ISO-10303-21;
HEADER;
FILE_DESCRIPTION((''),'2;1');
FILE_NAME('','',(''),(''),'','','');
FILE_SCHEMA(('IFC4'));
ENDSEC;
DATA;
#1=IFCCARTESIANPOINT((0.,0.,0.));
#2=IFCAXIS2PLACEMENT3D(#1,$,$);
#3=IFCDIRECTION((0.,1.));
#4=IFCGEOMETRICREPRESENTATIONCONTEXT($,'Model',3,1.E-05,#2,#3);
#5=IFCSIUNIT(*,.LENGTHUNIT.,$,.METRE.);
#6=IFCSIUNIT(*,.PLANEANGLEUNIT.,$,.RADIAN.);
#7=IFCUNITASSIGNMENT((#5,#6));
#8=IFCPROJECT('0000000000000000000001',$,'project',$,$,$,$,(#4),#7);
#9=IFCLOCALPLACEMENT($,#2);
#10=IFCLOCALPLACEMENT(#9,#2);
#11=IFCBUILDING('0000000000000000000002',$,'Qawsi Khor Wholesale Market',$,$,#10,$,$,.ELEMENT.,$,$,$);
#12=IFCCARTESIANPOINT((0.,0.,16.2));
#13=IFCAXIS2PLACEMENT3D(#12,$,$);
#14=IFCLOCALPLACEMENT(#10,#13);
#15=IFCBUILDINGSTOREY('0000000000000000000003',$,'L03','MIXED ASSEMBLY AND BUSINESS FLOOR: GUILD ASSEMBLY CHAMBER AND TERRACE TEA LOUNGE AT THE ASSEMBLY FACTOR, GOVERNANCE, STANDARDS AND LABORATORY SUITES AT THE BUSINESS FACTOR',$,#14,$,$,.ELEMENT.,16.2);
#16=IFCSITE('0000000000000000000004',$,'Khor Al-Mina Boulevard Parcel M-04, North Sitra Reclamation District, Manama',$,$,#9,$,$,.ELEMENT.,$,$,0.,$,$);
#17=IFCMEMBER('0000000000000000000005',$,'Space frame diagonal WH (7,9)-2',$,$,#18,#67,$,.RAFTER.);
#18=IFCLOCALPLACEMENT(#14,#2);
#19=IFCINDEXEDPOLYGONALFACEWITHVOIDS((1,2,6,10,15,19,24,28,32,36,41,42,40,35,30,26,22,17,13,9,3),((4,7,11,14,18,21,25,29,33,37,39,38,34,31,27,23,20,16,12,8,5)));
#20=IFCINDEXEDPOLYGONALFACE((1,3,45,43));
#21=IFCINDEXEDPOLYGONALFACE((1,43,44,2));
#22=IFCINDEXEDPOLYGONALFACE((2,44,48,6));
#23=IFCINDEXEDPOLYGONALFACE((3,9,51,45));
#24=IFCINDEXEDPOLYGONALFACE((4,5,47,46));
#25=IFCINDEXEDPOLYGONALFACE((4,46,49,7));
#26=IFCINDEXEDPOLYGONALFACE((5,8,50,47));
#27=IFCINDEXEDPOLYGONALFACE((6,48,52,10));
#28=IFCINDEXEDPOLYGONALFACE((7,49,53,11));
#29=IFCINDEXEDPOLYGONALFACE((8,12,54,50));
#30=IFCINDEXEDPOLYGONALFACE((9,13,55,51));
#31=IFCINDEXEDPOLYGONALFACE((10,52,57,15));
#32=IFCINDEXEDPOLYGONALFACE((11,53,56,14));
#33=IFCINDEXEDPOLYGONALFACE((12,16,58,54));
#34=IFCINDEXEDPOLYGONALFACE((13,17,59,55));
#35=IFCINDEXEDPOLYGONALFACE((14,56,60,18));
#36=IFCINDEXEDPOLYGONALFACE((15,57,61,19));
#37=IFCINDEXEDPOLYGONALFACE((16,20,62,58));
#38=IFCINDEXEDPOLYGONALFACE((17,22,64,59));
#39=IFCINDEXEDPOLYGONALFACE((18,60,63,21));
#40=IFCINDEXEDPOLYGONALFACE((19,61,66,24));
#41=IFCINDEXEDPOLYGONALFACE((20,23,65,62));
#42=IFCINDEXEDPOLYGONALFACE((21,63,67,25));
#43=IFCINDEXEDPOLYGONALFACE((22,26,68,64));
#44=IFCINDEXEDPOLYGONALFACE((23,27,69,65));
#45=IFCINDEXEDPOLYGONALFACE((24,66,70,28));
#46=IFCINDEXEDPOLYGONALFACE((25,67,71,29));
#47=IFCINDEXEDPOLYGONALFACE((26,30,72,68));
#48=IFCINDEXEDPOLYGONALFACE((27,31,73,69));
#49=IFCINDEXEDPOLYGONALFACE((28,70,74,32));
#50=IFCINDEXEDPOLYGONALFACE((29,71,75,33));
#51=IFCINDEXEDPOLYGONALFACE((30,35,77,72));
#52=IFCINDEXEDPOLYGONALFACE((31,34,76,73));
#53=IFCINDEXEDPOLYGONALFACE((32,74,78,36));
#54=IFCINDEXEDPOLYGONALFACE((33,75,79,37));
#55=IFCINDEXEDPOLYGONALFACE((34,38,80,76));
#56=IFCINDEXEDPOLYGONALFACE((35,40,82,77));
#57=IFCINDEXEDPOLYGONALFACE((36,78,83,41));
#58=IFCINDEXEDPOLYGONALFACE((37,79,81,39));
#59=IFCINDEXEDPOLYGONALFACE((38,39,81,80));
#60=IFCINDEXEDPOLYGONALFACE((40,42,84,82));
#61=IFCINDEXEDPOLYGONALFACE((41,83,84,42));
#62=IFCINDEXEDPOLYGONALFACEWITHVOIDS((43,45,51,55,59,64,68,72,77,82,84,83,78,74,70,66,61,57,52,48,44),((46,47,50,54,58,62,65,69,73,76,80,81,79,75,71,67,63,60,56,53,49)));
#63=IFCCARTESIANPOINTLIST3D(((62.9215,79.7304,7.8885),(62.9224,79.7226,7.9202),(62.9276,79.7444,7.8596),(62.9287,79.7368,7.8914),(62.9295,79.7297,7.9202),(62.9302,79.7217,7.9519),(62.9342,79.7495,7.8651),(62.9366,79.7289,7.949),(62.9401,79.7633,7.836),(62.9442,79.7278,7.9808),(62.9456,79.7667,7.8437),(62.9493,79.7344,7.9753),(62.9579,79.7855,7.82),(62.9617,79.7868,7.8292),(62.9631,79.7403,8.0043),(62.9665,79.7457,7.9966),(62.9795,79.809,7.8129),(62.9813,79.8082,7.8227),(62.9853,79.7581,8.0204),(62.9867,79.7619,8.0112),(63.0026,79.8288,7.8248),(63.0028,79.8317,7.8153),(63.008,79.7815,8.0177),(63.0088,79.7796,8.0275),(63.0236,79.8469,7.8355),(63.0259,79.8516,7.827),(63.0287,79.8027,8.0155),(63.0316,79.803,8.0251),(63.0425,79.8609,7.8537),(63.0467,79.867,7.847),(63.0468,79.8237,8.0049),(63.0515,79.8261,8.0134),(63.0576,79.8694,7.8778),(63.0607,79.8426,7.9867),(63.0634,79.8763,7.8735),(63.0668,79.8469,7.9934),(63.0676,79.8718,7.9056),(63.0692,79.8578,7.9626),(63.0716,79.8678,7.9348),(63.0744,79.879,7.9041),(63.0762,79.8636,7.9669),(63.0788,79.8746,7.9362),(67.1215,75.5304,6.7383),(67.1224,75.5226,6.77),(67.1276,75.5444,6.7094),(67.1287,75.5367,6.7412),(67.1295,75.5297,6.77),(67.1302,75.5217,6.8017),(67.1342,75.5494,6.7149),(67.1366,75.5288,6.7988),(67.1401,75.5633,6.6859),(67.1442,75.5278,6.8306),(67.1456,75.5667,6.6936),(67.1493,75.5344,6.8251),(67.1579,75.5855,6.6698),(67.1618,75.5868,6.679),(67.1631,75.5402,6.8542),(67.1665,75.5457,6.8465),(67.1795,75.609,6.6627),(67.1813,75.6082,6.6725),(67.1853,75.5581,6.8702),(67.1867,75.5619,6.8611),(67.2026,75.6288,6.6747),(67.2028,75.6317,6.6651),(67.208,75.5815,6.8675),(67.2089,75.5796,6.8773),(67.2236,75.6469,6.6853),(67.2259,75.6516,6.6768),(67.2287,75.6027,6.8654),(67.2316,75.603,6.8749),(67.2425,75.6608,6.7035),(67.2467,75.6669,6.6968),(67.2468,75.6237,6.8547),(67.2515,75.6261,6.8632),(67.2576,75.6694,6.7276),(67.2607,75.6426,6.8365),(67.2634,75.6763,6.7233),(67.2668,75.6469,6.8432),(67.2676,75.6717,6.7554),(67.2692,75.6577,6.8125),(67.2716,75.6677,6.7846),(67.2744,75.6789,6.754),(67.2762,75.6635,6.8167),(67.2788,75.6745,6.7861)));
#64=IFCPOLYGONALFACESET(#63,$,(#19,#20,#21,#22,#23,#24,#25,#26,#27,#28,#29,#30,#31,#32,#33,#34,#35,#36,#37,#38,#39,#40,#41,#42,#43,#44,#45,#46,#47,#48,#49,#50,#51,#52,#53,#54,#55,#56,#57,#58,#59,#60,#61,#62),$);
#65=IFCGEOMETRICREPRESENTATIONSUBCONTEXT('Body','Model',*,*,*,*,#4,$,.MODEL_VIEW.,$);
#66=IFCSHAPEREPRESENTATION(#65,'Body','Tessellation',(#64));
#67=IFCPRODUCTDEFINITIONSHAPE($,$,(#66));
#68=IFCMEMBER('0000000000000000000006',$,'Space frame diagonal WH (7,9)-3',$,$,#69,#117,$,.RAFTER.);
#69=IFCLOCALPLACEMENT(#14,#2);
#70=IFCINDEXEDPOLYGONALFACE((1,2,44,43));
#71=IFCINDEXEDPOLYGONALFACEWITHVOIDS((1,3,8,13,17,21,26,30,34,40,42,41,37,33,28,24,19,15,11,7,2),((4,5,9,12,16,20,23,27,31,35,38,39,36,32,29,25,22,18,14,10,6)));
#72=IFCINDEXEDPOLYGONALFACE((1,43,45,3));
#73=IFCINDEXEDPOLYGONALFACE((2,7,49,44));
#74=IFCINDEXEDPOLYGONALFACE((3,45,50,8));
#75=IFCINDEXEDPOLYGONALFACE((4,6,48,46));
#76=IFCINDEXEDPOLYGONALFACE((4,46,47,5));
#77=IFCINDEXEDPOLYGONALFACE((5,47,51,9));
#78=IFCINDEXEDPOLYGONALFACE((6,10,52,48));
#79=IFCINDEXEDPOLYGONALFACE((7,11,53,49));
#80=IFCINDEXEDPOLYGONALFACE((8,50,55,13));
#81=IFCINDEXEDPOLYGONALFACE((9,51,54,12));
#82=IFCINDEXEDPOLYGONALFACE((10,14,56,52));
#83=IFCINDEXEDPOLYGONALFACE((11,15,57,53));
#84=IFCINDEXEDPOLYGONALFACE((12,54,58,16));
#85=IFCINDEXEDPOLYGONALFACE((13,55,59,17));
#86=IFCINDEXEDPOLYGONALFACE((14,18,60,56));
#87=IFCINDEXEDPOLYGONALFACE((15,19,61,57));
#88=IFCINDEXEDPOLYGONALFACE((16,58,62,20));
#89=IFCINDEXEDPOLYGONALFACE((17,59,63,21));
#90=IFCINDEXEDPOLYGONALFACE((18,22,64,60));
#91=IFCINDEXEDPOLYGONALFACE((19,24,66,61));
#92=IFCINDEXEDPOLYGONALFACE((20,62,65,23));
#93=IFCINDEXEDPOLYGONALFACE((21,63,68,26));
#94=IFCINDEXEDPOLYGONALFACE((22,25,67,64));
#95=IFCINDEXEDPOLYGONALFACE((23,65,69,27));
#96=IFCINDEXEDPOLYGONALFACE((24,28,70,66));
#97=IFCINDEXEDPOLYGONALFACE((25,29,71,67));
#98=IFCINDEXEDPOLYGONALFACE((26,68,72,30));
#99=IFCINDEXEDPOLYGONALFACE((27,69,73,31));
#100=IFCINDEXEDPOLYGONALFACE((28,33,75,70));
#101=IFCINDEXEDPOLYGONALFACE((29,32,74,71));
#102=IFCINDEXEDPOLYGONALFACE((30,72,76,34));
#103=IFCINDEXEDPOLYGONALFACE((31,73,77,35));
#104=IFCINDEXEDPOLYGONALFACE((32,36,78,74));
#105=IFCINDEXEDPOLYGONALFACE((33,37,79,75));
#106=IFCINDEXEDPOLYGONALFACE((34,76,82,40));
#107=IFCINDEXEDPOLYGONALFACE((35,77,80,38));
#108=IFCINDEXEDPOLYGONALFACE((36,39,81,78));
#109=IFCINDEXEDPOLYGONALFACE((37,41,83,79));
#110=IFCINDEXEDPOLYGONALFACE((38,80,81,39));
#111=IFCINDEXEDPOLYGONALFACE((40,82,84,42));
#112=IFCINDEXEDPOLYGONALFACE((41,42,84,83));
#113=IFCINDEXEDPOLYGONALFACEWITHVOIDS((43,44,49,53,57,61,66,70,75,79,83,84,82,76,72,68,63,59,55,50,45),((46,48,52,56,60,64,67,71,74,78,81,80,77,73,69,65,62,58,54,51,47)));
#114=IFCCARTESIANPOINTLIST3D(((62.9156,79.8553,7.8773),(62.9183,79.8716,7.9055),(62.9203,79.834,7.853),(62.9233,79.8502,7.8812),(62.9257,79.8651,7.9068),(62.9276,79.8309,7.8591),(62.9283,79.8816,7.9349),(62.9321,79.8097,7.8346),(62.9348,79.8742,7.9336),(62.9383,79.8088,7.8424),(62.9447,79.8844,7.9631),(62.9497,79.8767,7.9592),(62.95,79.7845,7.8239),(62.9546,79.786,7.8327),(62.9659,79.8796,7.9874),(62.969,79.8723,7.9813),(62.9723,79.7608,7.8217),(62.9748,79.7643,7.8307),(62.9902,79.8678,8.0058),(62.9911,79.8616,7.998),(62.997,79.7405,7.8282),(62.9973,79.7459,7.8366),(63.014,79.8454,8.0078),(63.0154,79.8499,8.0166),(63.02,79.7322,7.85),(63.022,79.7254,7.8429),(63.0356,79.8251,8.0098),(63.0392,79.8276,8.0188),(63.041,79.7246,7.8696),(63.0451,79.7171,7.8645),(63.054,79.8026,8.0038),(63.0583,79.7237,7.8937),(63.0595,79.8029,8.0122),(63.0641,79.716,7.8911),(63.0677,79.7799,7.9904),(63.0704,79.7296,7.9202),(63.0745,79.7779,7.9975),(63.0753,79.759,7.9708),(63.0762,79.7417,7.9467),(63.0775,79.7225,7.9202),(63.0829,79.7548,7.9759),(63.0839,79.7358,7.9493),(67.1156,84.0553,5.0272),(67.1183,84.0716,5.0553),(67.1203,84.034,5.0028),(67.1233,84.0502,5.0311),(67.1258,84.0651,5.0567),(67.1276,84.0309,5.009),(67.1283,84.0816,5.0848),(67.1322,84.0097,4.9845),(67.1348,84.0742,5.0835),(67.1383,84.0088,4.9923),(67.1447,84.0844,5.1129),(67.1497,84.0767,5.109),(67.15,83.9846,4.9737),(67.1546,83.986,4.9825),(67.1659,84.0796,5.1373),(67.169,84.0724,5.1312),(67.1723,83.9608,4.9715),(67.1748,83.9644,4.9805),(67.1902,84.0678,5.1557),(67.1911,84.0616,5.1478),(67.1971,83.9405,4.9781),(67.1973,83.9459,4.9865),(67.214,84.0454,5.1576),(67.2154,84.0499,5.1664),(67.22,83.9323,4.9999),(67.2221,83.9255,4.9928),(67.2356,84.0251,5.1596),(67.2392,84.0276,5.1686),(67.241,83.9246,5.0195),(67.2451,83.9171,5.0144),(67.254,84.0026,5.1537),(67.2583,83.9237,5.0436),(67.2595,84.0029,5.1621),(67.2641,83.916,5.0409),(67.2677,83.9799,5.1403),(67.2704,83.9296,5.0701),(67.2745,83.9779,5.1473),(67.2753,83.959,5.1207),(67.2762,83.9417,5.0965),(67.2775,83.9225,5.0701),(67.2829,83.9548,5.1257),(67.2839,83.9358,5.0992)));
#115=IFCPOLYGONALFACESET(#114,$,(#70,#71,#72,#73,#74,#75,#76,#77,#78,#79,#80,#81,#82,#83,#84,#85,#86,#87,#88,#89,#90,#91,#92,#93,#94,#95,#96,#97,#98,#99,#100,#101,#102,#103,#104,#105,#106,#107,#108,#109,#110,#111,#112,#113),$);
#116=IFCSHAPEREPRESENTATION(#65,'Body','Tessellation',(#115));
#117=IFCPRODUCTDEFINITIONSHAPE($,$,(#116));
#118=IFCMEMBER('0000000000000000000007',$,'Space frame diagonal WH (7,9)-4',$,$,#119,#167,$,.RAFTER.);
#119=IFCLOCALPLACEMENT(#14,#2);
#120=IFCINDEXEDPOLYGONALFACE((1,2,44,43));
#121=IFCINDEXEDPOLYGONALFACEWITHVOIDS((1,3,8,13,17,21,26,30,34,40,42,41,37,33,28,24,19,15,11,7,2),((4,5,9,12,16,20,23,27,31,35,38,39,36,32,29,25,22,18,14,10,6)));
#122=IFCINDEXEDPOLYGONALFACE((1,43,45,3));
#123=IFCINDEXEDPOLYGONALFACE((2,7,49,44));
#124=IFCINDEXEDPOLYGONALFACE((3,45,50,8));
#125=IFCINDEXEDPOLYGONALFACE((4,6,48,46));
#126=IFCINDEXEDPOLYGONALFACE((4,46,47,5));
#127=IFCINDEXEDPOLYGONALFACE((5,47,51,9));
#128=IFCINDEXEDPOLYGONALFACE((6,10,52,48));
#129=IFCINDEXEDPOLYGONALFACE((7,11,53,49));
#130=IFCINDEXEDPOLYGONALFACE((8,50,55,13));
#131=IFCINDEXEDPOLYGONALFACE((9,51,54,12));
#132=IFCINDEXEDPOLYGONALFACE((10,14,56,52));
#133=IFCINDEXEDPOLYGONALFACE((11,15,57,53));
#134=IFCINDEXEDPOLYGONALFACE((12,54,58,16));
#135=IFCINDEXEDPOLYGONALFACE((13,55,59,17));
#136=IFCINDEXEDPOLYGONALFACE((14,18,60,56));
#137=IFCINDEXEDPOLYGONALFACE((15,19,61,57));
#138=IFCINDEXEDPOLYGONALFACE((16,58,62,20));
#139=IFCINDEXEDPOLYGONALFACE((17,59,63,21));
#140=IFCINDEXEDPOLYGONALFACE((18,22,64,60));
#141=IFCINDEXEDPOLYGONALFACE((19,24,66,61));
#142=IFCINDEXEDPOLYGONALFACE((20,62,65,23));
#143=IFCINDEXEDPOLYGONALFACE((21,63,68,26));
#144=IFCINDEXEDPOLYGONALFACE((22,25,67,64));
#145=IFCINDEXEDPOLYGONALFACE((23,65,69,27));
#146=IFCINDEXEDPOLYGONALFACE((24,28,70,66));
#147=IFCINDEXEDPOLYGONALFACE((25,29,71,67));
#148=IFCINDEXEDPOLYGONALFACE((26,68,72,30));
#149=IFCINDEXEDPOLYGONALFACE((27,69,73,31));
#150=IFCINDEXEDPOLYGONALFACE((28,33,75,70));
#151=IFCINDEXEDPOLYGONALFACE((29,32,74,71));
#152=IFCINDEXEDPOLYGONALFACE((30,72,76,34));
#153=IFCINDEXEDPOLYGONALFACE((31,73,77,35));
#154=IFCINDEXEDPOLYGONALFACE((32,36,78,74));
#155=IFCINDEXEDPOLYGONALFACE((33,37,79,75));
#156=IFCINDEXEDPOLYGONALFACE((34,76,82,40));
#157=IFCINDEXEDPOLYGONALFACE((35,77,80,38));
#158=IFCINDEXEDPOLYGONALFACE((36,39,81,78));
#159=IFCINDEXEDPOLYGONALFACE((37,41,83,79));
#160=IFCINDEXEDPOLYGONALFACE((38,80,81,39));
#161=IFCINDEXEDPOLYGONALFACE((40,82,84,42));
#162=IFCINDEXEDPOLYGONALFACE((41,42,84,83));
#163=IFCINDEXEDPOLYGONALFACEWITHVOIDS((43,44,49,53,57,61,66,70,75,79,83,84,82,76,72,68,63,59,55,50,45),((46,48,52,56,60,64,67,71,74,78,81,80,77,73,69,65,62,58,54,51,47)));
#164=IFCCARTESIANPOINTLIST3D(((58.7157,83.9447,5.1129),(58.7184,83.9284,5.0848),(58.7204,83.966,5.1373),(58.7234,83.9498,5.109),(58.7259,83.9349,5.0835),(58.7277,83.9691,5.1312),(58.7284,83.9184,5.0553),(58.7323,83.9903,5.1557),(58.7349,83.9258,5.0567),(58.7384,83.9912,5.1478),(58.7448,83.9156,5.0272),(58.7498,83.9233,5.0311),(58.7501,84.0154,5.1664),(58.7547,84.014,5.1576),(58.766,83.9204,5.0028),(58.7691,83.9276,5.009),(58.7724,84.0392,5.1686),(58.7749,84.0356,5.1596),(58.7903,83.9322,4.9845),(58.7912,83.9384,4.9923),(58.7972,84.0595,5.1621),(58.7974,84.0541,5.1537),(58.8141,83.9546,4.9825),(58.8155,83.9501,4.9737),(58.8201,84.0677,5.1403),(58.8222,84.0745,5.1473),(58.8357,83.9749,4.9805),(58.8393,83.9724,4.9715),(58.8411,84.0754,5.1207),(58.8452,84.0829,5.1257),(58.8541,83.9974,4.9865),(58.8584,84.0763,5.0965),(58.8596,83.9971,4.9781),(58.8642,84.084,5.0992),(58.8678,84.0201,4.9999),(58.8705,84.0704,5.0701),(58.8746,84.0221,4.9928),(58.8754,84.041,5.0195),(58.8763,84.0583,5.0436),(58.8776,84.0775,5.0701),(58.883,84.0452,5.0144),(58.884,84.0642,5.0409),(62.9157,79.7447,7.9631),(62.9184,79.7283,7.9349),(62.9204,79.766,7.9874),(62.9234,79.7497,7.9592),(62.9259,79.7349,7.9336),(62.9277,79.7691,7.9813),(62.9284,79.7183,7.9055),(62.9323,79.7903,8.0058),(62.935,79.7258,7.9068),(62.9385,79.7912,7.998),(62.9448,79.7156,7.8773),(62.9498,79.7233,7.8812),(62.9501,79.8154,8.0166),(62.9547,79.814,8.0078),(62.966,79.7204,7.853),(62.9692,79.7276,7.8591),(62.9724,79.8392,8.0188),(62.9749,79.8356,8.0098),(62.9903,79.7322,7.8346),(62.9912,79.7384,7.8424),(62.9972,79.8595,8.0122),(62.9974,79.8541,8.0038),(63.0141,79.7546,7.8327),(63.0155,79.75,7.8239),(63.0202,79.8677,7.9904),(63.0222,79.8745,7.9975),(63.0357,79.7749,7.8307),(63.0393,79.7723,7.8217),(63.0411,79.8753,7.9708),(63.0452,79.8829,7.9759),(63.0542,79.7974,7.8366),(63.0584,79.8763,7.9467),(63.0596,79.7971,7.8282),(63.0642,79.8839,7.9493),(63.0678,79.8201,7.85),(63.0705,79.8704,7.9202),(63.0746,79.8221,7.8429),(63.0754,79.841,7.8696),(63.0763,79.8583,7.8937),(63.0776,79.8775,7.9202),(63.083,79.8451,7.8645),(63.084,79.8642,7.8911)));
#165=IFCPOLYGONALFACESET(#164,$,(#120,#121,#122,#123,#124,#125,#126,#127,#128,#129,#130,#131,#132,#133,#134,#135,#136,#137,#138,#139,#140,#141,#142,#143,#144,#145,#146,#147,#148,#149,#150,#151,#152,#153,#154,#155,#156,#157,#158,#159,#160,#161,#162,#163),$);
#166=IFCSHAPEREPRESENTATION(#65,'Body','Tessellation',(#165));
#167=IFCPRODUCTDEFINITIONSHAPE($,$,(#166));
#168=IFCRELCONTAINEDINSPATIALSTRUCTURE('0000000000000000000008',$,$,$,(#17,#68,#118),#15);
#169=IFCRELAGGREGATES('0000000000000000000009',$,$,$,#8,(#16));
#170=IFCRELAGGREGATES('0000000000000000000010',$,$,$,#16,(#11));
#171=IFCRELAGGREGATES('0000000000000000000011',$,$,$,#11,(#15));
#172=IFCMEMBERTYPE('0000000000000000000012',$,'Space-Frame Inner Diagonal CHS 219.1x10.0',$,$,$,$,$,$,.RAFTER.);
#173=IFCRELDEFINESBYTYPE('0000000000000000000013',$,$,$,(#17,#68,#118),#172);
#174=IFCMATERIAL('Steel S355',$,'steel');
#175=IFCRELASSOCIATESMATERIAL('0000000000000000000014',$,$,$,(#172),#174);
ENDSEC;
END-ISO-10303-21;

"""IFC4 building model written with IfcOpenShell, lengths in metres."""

from ifc_helpers import new_model, si_unit, direction, frame, origin, origin_2d, place, context, subcontext, project, spatial, hollow_circle, extrude, material, material_profile, profile_set, type_object, element, save


model = new_model("IFC4")

# Units and contexts
model_context = context("Model", 3, precision=1e-05, world=origin(), true_north=direction((0.0, 1.0)))
body_context = subcontext(model_context, "Body", "Model", "MODEL_VIEW")
ifc_project = project(units=[si_unit("LENGTHUNIT", "METRE"), si_unit("PLANEANGLEUNIT", "RADIAN")], contexts=[model_context])

# Site, building, storey
site_placement = place(None, origin())
site = spatial("IfcSite", under=ifc_project, at=site_placement, Name="Khor Al-Mina Boulevard Parcel M-04, North Sitra Reclamation District, Manama", CompositionType="ELEMENT", RefElevation=0.0)
building_placement = place(site_placement, origin())
building = spatial("IfcBuilding", under=site, at=building_placement, Name="Qawsi Khor Wholesale Market", CompositionType="ELEMENT")
storey_placement = place(building_placement, frame((0.0, 0.0, 16.2)))
storey = spatial("IfcBuildingStorey", under=building, at=storey_placement, Name="L03", Description="MIXED ASSEMBLY AND BUSINESS FLOOR: GUILD ASSEMBLY CHAMBER AND TERRACE TEA LOUNGE AT THE ASSEMBLY FACTOR, GOVERNANCE, STANDARDS AND LABORATORY SUITES AT THE BUSINESS FACTOR", CompositionType="ELEMENT", Elevation=16.2)

# Members
ifc_material_1 = material(Name="Steel S355", Category="steel")
ifc_material_profile_1 = material_profile(ifc_material_1, hollow_circle(Radius=0.1096, WallThickness=0.01, at=origin_2d()), Name="CHS 219.1x10.0")
ifc_profile_set_1 = profile_set([ifc_material_profile_1], Name="Steel S355")
member_type_1 = type_object("IfcMemberType", Name="Space-Frame Inner Diagonal CHS 219.1x10.0", PredefinedType="RAFTER", material=ifc_profile_set_1)
for number, where, z_axis, x_axis, name in (
    (1, (67.2, 75.6001, 6.77), (-0.694211, 0.694211, 0.190108), (-0.707107, -0.707107, 0.0), "Space frame diagonal WH (7,9)-2"),
):
    element("IfcMember", number, at=place(storey_placement, frame(where, z_axis=z_axis, x_axis=x_axis)), inside=storey, type_object=member_type_1, Name=name, PredefinedType="RAFTER", context=body_context, shape_type="SweptSolid", body=[
        extrude(hollow_circle(Radius=0.1096, WallThickness=0.01, at=origin_2d()), origin(), (0.0, 0.0, 1.0), 6.05),
    ])
for number, where, z_axis, x_axis, name in (
    (2, (67.2, 84.0, 5.0701), (-0.637512, -0.637512, 0.432617), (0.707107, -0.707107, 0.0), "Space frame diagonal WH (7,9)-3"),
    (3, (58.8, 84.0, 5.0701), (0.637512, -0.637512, 0.432617), (0.707107, 0.707107, 0.0), "Space frame diagonal WH (7,9)-4"),
):
    element("IfcMember", number, at=place(storey_placement, frame(where, z_axis=z_axis, x_axis=x_axis)), inside=storey, type_object=member_type_1, Name=name, PredefinedType="RAFTER", context=body_context, shape_type="SweptSolid", body=[
        extrude(hollow_circle(Radius=0.1096, WallThickness=0.01, at=origin_2d()), origin(), (0.0, 0.0, 1.0), 6.5881),
    ])

save(model, "model.ifc")
